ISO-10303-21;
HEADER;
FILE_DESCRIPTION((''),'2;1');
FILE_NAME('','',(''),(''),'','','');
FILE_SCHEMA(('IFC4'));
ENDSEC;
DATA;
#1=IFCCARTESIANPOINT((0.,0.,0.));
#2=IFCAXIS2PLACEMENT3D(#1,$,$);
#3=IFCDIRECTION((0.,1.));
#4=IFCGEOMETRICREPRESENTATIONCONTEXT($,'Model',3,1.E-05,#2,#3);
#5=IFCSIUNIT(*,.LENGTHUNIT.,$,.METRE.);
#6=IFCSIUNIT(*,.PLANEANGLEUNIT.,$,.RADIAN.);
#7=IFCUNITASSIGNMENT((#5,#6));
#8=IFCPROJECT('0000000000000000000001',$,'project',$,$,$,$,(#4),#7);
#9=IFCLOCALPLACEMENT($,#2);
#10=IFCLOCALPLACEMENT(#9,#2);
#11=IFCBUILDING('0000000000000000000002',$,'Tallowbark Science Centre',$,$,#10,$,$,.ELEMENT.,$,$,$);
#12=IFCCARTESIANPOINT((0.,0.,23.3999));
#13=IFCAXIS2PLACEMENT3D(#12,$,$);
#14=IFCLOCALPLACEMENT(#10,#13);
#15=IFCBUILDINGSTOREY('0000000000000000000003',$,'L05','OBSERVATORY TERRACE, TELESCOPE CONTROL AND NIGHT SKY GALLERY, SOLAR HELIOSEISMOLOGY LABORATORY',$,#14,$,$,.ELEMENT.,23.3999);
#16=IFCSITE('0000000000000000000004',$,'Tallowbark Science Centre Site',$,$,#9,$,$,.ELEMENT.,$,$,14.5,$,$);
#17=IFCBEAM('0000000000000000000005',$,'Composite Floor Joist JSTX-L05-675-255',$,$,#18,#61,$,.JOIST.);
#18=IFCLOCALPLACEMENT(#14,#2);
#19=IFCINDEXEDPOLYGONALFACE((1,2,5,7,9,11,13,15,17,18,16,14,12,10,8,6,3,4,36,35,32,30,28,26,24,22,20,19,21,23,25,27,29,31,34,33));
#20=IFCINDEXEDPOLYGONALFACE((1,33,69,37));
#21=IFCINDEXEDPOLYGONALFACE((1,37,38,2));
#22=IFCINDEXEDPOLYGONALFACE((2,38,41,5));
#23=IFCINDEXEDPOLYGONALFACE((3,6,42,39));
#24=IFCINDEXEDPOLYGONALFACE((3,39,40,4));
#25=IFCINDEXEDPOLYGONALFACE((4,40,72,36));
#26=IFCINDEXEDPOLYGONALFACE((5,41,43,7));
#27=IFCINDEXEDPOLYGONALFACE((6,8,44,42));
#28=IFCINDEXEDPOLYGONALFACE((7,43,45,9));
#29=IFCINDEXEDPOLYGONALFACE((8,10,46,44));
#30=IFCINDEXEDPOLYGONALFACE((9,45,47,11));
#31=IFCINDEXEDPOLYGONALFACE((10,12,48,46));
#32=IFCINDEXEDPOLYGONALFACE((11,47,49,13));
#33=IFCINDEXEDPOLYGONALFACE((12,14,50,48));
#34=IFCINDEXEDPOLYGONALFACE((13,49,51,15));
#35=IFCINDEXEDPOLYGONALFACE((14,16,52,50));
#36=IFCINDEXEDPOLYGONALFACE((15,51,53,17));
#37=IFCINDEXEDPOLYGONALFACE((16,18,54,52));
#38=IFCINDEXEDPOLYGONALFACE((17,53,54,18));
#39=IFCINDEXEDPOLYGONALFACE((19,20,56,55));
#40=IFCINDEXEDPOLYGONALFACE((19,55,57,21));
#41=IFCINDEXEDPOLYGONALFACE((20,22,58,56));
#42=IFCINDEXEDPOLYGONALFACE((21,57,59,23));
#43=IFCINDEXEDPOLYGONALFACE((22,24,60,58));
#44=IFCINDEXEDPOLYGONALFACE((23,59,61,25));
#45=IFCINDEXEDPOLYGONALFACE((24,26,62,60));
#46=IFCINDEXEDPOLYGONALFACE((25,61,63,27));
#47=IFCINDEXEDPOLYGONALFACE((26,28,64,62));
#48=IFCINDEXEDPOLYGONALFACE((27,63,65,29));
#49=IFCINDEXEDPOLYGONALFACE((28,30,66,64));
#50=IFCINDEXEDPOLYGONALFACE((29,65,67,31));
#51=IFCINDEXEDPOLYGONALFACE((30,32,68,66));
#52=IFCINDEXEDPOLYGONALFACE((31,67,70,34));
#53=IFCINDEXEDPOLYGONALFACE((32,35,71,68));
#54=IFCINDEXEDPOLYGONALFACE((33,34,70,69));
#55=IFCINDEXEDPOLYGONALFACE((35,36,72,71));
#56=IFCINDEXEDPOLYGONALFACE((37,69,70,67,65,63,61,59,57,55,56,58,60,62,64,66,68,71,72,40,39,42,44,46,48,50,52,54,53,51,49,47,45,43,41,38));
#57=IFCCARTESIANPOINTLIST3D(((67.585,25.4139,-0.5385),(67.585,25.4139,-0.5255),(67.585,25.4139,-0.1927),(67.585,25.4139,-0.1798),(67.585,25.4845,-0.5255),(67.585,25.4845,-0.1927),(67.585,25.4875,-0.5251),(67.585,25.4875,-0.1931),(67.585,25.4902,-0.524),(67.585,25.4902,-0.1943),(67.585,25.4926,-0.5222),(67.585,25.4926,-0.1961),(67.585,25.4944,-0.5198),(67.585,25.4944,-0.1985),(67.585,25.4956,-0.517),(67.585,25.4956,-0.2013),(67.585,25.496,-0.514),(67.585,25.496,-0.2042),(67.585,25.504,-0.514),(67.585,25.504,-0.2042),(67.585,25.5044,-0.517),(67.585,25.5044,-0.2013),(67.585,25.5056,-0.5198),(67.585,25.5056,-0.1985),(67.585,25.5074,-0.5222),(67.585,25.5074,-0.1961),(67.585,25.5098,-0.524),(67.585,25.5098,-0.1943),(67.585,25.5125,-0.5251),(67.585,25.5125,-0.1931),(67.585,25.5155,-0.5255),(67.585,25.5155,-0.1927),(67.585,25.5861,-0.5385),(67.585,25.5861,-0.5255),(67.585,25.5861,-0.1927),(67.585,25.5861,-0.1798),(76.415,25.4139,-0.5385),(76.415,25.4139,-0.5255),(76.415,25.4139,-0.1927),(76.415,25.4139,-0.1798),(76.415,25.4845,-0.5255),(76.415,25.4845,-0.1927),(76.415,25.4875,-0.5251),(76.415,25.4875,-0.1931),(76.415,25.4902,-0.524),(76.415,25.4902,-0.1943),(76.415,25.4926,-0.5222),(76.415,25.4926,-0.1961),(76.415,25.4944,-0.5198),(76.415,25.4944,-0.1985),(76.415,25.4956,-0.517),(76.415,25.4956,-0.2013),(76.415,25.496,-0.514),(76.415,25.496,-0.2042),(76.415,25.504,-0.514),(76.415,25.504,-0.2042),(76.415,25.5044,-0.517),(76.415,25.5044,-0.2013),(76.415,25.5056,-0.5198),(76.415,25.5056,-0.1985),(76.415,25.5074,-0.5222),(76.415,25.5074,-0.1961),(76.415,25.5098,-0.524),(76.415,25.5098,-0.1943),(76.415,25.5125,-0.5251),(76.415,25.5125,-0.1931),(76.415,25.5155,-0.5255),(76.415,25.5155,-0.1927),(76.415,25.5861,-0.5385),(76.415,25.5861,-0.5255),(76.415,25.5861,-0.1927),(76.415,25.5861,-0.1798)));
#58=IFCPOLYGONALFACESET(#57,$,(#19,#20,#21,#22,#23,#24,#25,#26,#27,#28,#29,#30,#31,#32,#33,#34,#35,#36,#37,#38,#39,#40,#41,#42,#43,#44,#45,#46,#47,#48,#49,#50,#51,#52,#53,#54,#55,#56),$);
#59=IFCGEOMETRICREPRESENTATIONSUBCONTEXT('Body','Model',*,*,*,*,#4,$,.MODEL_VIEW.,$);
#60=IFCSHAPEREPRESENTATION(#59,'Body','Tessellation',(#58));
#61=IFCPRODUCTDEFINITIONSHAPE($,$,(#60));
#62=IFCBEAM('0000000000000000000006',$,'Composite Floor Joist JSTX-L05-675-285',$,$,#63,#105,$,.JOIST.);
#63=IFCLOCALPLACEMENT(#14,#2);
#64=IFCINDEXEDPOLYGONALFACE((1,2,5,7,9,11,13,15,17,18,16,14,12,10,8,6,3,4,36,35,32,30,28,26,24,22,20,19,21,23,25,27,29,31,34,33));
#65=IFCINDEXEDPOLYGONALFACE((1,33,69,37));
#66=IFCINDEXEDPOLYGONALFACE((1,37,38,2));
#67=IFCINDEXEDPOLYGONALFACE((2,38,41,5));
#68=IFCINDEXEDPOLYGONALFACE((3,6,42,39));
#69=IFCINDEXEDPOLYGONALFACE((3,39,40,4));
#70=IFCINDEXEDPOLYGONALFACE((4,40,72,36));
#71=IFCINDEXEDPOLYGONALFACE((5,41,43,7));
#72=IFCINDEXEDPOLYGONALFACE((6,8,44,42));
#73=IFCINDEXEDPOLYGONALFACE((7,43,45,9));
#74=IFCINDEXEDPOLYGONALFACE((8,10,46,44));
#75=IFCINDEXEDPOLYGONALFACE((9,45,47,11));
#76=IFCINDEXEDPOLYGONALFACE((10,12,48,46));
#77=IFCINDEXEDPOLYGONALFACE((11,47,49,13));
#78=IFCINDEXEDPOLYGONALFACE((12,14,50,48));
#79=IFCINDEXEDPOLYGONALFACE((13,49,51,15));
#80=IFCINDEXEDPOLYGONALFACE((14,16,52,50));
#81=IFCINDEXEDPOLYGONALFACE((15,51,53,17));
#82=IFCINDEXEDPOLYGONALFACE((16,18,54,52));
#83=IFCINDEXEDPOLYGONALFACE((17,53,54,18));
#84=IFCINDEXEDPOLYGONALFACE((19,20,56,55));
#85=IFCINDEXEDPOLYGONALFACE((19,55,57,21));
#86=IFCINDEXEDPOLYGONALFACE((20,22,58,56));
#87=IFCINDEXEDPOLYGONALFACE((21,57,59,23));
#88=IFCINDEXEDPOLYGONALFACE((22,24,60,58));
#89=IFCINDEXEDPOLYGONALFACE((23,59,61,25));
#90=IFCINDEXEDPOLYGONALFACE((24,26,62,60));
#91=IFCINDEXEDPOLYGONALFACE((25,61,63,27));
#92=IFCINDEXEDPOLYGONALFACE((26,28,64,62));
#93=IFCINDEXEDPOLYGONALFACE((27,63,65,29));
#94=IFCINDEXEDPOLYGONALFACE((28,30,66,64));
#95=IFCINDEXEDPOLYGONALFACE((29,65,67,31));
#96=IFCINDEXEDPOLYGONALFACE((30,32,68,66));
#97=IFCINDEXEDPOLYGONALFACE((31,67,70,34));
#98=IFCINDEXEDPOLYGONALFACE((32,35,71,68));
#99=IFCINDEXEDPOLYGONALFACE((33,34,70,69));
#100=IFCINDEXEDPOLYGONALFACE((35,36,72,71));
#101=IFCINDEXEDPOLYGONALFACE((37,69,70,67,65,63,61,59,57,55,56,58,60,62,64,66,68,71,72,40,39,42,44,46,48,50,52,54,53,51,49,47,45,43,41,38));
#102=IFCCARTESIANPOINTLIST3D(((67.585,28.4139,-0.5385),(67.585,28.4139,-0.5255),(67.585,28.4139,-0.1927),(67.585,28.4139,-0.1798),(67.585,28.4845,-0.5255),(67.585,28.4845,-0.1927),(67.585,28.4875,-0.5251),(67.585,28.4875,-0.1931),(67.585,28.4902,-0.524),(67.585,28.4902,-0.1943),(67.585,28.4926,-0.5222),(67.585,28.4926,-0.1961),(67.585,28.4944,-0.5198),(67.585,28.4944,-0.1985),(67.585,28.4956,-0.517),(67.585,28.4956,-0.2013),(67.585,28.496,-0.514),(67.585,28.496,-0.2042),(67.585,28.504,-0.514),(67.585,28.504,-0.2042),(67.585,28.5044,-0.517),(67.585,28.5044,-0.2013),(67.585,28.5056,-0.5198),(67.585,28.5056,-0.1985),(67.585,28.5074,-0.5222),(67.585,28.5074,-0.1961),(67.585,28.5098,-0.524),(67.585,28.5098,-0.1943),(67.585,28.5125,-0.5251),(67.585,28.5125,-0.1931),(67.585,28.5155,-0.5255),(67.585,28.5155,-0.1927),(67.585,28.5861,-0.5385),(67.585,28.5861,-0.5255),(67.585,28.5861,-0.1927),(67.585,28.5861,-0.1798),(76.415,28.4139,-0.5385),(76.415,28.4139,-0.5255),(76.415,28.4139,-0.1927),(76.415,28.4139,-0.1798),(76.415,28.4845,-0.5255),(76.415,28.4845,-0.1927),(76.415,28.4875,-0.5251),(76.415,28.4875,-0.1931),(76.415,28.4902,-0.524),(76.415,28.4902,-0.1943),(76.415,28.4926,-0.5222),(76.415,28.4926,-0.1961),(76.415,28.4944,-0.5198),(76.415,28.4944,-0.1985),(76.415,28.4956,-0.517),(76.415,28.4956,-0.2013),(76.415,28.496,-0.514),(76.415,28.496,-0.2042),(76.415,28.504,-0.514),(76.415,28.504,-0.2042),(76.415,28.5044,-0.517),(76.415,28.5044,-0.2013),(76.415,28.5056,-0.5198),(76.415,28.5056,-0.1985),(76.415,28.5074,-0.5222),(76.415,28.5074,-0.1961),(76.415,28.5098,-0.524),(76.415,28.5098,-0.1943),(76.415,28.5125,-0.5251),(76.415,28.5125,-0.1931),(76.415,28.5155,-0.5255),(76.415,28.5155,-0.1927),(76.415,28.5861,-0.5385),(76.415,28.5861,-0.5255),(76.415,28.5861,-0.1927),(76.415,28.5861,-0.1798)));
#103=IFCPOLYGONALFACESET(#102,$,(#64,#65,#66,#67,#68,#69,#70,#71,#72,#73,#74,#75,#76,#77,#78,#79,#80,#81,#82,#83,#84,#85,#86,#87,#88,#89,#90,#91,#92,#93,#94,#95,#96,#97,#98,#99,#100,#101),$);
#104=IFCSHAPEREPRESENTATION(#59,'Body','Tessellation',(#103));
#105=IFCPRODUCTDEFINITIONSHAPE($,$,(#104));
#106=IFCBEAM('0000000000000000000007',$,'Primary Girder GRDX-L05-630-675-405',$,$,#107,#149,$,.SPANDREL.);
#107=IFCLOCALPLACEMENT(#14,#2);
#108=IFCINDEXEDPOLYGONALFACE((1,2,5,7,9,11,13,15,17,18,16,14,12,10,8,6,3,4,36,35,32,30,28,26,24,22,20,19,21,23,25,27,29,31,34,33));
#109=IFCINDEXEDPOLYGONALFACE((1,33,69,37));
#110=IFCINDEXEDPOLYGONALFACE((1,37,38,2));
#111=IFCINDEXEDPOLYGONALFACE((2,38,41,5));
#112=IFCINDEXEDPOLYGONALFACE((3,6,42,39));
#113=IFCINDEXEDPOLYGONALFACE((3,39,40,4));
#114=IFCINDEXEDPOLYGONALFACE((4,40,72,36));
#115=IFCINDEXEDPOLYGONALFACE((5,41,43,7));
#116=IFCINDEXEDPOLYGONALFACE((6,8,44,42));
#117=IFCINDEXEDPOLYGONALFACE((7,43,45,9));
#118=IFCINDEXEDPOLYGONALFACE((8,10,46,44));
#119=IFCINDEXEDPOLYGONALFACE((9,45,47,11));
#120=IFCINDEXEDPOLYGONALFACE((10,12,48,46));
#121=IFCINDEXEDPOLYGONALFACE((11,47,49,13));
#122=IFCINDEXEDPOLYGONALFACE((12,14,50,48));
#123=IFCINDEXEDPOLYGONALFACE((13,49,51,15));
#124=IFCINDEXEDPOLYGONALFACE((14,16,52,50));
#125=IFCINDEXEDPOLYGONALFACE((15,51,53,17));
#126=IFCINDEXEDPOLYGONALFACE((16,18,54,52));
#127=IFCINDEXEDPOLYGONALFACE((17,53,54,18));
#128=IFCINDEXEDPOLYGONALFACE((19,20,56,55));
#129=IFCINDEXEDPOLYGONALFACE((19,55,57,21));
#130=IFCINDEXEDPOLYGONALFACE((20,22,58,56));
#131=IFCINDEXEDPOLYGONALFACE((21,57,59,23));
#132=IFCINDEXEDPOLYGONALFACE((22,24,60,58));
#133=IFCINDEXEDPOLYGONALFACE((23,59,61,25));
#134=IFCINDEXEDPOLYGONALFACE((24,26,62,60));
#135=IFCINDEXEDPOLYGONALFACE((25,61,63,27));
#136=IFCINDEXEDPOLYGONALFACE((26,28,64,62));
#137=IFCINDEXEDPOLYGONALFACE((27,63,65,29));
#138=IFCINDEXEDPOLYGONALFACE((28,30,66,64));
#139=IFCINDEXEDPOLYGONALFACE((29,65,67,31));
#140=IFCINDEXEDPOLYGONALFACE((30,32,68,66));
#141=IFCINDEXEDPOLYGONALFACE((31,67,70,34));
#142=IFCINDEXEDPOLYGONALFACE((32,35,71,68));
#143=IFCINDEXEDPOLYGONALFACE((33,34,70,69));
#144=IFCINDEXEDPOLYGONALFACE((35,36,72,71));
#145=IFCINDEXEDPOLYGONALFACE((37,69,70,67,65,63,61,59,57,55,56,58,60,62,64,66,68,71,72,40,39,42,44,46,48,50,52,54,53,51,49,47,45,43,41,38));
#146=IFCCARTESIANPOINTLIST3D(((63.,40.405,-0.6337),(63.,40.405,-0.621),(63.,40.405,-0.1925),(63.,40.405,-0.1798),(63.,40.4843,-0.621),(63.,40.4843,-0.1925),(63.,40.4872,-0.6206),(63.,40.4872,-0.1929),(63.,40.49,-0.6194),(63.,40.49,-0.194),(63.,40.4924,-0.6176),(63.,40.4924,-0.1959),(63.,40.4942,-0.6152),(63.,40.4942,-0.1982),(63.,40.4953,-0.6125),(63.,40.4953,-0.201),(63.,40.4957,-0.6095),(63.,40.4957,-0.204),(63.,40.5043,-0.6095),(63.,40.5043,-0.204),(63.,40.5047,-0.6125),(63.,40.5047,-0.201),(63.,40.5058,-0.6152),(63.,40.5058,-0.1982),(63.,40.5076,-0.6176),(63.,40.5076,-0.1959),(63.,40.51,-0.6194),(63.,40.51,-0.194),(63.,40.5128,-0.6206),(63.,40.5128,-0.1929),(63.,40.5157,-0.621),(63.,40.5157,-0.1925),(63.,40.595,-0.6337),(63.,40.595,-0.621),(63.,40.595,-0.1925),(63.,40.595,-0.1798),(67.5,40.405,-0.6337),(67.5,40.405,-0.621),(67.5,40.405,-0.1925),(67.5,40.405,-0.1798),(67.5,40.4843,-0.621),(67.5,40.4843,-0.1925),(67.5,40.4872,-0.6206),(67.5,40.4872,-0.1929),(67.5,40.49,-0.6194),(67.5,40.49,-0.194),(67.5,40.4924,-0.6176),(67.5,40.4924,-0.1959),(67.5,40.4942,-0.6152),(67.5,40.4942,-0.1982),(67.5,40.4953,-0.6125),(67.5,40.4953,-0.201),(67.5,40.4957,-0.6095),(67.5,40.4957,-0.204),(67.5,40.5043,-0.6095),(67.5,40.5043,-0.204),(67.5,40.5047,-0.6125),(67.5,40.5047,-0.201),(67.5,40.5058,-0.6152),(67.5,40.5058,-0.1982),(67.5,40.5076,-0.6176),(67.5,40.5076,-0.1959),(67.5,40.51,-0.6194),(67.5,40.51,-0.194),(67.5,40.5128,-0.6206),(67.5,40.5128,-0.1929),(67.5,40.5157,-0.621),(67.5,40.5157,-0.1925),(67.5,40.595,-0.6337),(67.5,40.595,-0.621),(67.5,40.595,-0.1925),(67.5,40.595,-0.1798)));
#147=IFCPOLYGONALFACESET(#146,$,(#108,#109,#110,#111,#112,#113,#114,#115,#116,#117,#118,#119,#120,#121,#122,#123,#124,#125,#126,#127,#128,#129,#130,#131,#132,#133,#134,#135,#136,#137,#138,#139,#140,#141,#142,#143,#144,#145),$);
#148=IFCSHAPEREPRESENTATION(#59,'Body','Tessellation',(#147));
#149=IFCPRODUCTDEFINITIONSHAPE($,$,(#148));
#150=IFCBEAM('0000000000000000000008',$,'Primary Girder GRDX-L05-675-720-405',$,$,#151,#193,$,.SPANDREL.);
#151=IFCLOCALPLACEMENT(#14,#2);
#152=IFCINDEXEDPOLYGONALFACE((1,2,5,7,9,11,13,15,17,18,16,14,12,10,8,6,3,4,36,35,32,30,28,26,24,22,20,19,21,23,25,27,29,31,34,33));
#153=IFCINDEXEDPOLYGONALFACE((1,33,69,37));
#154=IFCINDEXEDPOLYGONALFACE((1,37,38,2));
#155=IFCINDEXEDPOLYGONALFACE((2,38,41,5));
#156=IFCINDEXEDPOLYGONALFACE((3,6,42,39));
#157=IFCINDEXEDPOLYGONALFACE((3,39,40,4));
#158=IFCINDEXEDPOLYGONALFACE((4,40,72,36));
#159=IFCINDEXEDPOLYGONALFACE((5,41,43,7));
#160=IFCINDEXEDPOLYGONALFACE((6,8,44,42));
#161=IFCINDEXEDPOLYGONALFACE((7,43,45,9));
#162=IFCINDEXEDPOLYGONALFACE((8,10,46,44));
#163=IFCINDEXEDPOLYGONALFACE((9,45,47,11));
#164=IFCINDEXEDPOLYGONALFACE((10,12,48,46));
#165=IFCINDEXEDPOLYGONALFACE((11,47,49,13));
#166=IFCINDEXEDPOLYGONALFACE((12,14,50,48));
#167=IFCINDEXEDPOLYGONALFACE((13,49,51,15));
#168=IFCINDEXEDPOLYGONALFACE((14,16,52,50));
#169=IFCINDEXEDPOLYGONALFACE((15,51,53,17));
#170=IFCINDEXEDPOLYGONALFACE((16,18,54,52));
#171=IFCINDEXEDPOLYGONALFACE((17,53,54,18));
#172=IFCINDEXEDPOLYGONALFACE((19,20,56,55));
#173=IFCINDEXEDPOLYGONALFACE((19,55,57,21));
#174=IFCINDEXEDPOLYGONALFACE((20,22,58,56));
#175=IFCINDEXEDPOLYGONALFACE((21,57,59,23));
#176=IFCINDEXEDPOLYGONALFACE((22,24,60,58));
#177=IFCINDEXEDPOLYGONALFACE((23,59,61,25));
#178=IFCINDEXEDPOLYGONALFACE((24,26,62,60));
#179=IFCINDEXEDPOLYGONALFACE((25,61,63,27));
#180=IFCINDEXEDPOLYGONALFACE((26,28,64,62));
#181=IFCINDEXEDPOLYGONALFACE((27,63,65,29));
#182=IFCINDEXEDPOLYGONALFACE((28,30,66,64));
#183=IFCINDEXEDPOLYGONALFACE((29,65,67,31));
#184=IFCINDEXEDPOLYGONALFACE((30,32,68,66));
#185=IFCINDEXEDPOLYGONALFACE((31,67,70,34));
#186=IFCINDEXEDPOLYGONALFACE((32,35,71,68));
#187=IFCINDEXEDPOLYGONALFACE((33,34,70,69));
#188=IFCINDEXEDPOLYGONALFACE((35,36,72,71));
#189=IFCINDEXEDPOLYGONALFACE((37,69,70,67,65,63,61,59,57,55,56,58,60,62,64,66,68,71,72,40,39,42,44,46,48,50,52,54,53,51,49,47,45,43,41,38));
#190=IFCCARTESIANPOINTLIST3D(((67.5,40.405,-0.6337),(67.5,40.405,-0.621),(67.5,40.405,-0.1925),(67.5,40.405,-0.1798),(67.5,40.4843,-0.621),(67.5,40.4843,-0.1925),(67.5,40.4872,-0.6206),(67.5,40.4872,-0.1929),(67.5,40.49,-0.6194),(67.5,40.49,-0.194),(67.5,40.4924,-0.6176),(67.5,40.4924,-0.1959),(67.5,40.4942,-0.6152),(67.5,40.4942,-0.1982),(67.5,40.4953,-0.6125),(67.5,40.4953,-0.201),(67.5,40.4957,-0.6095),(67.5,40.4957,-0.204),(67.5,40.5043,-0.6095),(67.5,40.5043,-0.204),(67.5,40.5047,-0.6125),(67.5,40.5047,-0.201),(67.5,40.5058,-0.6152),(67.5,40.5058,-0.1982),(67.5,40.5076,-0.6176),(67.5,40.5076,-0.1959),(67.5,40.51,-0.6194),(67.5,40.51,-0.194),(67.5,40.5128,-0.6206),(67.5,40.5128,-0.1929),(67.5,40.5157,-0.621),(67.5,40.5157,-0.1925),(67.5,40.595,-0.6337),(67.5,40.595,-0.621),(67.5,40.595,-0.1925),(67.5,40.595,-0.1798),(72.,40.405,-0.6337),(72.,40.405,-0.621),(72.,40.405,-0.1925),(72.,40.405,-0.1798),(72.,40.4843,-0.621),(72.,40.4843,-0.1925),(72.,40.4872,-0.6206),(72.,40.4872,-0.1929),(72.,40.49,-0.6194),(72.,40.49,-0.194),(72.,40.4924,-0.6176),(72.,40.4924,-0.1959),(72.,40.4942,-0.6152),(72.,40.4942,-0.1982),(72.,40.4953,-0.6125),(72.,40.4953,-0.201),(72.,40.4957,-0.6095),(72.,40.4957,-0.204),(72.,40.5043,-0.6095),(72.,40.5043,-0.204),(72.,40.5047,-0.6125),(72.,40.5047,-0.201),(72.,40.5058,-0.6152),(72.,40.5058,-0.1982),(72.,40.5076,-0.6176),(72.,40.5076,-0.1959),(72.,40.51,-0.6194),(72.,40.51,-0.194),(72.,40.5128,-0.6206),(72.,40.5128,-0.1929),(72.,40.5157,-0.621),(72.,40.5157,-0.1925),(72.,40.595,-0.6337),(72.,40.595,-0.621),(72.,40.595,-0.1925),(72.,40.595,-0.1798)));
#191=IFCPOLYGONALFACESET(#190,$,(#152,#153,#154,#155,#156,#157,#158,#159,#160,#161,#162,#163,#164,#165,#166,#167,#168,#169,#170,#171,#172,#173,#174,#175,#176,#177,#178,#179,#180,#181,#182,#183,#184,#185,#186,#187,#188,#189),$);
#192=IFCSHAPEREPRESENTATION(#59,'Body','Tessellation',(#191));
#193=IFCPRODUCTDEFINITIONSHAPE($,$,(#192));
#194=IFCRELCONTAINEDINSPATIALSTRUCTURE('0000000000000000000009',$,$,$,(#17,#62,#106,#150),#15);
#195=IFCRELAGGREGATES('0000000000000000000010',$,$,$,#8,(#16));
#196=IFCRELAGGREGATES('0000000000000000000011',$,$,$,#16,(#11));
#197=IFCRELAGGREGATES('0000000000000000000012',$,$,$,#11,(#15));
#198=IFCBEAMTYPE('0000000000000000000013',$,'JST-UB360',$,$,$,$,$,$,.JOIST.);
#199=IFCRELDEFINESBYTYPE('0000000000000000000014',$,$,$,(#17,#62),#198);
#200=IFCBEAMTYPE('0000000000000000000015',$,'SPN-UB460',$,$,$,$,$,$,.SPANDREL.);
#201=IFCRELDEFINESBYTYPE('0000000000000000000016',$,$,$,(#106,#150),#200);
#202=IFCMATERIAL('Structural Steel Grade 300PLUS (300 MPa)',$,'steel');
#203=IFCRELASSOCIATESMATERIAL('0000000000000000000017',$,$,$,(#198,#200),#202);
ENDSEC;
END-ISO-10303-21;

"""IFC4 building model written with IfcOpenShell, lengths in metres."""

from ifc_helpers import new_model, si_unit, direction, frame, origin, origin_2d, place, context, subcontext, project, spatial, i_section, extrude, material, material_profile, profile_set, type_object, element, save


model = new_model("IFC4")

# Units and contexts
model_context = context("Model", 3, precision=1e-05, world=origin(), true_north=direction((0.0, 1.0)))
body_context = subcontext(model_context, "Body", "Model", "MODEL_VIEW")
ifc_project = project(units=[si_unit("LENGTHUNIT", "METRE"), si_unit("PLANEANGLEUNIT", "RADIAN")], contexts=[model_context])

# Site, building, storey
site_placement = place(None, origin())
site = spatial("IfcSite", under=ifc_project, at=site_placement, Name="Tallowbark Science Centre Site", CompositionType="ELEMENT", RefElevation=14.5)
building_placement = place(site_placement, origin())
building = spatial("IfcBuilding", under=site, at=building_placement, Name="Tallowbark Science Centre", CompositionType="ELEMENT")
storey_placement = place(building_placement, frame((0.0, 0.0, 23.3999)))
storey = spatial("IfcBuildingStorey", under=building, at=storey_placement, Name="L05", Description="OBSERVATORY TERRACE, TELESCOPE CONTROL AND NIGHT SKY GALLERY, SOLAR HELIOSEISMOLOGY LABORATORY", CompositionType="ELEMENT", Elevation=23.3999)

# Shared definitions
ifc_material_1 = material(Name="Structural Steel Grade 300PLUS (300 MPa)", Category="steel")

# Beams
ifc_material_profile_1 = material_profile(ifc_material_1, i_section(OverallWidth=0.1721, OverallDepth=0.3586, WebThickness=0.0081, FlangeThickness=0.0129, FilletRadius=0.0115, at=origin_2d()), Name="360UB56.7")
ifc_profile_set_1 = profile_set([ifc_material_profile_1], Name="Structural Steel Grade 300PLUS (300 MPa)")
beam_type_1 = type_object("IfcBeamType", Name="JST-UB360", PredefinedType="JOIST", material=ifc_profile_set_1)
for number, where, z_axis, x_axis, name in (
    (1, (67.585, 25.5, -0.3591), (1.0, 0.0, 0.0), (0.0, 1.0, 0.0), "Composite Floor Joist JSTX-L05-675-255"),
    (2, (67.585, 28.5, -0.3591), (1.0, 0.0, 0.0), (0.0, 1.0, 0.0), "Composite Floor Joist JSTX-L05-675-285"),
):
    element("IfcBeam", number, at=place(storey_placement, frame(where, z_axis=z_axis, x_axis=x_axis)), inside=storey, type_object=beam_type_1, Name=name, PredefinedType="JOIST", context=body_context, shape_type="SweptSolid", body=[
        extrude(i_section(OverallWidth=0.1721, OverallDepth=0.3586, WebThickness=0.0081, FlangeThickness=0.0129, FilletRadius=0.0115, at=origin_2d()), origin(), (0.0, 0.0, 1.0), 8.8301),
    ])
ifc_material_profile_2 = material_profile(ifc_material_1, i_section(OverallWidth=0.1899, OverallDepth=0.4539, WebThickness=0.0085, FlangeThickness=0.0127, FilletRadius=0.0115, at=origin_2d()), Name="460UB67.1")
ifc_profile_set_2 = profile_set([ifc_material_profile_2], Name="Structural Steel Grade 300PLUS (300 MPa)")
beam_type_2 = type_object("IfcBeamType", Name="SPN-UB460", PredefinedType="SPANDREL", material=ifc_profile_set_2)
for number, where, z_axis, x_axis, name in (
    (3, (63.0, 40.5, -0.4067), (1.0, 0.0, 0.0), (0.0, 1.0, 0.0), "Primary Girder GRDX-L05-630-675-405"),
    (4, (67.5, 40.5, -0.4067), (1.0, 0.0, 0.0), (0.0, 1.0, 0.0), "Primary Girder GRDX-L05-675-720-405"),
):
    element("IfcBeam", number, at=place(storey_placement, frame(where, z_axis=z_axis, x_axis=x_axis)), inside=storey, type_object=beam_type_2, Name=name, PredefinedType="SPANDREL", context=body_context, shape_type="SweptSolid", body=[
        extrude(i_section(OverallWidth=0.1899, OverallDepth=0.4539, WebThickness=0.0085, FlangeThickness=0.0127, FilletRadius=0.0115, at=origin_2d()), origin(), (0.0, 0.0, 1.0), 4.5),
    ])

save(model, "model.ifc")
